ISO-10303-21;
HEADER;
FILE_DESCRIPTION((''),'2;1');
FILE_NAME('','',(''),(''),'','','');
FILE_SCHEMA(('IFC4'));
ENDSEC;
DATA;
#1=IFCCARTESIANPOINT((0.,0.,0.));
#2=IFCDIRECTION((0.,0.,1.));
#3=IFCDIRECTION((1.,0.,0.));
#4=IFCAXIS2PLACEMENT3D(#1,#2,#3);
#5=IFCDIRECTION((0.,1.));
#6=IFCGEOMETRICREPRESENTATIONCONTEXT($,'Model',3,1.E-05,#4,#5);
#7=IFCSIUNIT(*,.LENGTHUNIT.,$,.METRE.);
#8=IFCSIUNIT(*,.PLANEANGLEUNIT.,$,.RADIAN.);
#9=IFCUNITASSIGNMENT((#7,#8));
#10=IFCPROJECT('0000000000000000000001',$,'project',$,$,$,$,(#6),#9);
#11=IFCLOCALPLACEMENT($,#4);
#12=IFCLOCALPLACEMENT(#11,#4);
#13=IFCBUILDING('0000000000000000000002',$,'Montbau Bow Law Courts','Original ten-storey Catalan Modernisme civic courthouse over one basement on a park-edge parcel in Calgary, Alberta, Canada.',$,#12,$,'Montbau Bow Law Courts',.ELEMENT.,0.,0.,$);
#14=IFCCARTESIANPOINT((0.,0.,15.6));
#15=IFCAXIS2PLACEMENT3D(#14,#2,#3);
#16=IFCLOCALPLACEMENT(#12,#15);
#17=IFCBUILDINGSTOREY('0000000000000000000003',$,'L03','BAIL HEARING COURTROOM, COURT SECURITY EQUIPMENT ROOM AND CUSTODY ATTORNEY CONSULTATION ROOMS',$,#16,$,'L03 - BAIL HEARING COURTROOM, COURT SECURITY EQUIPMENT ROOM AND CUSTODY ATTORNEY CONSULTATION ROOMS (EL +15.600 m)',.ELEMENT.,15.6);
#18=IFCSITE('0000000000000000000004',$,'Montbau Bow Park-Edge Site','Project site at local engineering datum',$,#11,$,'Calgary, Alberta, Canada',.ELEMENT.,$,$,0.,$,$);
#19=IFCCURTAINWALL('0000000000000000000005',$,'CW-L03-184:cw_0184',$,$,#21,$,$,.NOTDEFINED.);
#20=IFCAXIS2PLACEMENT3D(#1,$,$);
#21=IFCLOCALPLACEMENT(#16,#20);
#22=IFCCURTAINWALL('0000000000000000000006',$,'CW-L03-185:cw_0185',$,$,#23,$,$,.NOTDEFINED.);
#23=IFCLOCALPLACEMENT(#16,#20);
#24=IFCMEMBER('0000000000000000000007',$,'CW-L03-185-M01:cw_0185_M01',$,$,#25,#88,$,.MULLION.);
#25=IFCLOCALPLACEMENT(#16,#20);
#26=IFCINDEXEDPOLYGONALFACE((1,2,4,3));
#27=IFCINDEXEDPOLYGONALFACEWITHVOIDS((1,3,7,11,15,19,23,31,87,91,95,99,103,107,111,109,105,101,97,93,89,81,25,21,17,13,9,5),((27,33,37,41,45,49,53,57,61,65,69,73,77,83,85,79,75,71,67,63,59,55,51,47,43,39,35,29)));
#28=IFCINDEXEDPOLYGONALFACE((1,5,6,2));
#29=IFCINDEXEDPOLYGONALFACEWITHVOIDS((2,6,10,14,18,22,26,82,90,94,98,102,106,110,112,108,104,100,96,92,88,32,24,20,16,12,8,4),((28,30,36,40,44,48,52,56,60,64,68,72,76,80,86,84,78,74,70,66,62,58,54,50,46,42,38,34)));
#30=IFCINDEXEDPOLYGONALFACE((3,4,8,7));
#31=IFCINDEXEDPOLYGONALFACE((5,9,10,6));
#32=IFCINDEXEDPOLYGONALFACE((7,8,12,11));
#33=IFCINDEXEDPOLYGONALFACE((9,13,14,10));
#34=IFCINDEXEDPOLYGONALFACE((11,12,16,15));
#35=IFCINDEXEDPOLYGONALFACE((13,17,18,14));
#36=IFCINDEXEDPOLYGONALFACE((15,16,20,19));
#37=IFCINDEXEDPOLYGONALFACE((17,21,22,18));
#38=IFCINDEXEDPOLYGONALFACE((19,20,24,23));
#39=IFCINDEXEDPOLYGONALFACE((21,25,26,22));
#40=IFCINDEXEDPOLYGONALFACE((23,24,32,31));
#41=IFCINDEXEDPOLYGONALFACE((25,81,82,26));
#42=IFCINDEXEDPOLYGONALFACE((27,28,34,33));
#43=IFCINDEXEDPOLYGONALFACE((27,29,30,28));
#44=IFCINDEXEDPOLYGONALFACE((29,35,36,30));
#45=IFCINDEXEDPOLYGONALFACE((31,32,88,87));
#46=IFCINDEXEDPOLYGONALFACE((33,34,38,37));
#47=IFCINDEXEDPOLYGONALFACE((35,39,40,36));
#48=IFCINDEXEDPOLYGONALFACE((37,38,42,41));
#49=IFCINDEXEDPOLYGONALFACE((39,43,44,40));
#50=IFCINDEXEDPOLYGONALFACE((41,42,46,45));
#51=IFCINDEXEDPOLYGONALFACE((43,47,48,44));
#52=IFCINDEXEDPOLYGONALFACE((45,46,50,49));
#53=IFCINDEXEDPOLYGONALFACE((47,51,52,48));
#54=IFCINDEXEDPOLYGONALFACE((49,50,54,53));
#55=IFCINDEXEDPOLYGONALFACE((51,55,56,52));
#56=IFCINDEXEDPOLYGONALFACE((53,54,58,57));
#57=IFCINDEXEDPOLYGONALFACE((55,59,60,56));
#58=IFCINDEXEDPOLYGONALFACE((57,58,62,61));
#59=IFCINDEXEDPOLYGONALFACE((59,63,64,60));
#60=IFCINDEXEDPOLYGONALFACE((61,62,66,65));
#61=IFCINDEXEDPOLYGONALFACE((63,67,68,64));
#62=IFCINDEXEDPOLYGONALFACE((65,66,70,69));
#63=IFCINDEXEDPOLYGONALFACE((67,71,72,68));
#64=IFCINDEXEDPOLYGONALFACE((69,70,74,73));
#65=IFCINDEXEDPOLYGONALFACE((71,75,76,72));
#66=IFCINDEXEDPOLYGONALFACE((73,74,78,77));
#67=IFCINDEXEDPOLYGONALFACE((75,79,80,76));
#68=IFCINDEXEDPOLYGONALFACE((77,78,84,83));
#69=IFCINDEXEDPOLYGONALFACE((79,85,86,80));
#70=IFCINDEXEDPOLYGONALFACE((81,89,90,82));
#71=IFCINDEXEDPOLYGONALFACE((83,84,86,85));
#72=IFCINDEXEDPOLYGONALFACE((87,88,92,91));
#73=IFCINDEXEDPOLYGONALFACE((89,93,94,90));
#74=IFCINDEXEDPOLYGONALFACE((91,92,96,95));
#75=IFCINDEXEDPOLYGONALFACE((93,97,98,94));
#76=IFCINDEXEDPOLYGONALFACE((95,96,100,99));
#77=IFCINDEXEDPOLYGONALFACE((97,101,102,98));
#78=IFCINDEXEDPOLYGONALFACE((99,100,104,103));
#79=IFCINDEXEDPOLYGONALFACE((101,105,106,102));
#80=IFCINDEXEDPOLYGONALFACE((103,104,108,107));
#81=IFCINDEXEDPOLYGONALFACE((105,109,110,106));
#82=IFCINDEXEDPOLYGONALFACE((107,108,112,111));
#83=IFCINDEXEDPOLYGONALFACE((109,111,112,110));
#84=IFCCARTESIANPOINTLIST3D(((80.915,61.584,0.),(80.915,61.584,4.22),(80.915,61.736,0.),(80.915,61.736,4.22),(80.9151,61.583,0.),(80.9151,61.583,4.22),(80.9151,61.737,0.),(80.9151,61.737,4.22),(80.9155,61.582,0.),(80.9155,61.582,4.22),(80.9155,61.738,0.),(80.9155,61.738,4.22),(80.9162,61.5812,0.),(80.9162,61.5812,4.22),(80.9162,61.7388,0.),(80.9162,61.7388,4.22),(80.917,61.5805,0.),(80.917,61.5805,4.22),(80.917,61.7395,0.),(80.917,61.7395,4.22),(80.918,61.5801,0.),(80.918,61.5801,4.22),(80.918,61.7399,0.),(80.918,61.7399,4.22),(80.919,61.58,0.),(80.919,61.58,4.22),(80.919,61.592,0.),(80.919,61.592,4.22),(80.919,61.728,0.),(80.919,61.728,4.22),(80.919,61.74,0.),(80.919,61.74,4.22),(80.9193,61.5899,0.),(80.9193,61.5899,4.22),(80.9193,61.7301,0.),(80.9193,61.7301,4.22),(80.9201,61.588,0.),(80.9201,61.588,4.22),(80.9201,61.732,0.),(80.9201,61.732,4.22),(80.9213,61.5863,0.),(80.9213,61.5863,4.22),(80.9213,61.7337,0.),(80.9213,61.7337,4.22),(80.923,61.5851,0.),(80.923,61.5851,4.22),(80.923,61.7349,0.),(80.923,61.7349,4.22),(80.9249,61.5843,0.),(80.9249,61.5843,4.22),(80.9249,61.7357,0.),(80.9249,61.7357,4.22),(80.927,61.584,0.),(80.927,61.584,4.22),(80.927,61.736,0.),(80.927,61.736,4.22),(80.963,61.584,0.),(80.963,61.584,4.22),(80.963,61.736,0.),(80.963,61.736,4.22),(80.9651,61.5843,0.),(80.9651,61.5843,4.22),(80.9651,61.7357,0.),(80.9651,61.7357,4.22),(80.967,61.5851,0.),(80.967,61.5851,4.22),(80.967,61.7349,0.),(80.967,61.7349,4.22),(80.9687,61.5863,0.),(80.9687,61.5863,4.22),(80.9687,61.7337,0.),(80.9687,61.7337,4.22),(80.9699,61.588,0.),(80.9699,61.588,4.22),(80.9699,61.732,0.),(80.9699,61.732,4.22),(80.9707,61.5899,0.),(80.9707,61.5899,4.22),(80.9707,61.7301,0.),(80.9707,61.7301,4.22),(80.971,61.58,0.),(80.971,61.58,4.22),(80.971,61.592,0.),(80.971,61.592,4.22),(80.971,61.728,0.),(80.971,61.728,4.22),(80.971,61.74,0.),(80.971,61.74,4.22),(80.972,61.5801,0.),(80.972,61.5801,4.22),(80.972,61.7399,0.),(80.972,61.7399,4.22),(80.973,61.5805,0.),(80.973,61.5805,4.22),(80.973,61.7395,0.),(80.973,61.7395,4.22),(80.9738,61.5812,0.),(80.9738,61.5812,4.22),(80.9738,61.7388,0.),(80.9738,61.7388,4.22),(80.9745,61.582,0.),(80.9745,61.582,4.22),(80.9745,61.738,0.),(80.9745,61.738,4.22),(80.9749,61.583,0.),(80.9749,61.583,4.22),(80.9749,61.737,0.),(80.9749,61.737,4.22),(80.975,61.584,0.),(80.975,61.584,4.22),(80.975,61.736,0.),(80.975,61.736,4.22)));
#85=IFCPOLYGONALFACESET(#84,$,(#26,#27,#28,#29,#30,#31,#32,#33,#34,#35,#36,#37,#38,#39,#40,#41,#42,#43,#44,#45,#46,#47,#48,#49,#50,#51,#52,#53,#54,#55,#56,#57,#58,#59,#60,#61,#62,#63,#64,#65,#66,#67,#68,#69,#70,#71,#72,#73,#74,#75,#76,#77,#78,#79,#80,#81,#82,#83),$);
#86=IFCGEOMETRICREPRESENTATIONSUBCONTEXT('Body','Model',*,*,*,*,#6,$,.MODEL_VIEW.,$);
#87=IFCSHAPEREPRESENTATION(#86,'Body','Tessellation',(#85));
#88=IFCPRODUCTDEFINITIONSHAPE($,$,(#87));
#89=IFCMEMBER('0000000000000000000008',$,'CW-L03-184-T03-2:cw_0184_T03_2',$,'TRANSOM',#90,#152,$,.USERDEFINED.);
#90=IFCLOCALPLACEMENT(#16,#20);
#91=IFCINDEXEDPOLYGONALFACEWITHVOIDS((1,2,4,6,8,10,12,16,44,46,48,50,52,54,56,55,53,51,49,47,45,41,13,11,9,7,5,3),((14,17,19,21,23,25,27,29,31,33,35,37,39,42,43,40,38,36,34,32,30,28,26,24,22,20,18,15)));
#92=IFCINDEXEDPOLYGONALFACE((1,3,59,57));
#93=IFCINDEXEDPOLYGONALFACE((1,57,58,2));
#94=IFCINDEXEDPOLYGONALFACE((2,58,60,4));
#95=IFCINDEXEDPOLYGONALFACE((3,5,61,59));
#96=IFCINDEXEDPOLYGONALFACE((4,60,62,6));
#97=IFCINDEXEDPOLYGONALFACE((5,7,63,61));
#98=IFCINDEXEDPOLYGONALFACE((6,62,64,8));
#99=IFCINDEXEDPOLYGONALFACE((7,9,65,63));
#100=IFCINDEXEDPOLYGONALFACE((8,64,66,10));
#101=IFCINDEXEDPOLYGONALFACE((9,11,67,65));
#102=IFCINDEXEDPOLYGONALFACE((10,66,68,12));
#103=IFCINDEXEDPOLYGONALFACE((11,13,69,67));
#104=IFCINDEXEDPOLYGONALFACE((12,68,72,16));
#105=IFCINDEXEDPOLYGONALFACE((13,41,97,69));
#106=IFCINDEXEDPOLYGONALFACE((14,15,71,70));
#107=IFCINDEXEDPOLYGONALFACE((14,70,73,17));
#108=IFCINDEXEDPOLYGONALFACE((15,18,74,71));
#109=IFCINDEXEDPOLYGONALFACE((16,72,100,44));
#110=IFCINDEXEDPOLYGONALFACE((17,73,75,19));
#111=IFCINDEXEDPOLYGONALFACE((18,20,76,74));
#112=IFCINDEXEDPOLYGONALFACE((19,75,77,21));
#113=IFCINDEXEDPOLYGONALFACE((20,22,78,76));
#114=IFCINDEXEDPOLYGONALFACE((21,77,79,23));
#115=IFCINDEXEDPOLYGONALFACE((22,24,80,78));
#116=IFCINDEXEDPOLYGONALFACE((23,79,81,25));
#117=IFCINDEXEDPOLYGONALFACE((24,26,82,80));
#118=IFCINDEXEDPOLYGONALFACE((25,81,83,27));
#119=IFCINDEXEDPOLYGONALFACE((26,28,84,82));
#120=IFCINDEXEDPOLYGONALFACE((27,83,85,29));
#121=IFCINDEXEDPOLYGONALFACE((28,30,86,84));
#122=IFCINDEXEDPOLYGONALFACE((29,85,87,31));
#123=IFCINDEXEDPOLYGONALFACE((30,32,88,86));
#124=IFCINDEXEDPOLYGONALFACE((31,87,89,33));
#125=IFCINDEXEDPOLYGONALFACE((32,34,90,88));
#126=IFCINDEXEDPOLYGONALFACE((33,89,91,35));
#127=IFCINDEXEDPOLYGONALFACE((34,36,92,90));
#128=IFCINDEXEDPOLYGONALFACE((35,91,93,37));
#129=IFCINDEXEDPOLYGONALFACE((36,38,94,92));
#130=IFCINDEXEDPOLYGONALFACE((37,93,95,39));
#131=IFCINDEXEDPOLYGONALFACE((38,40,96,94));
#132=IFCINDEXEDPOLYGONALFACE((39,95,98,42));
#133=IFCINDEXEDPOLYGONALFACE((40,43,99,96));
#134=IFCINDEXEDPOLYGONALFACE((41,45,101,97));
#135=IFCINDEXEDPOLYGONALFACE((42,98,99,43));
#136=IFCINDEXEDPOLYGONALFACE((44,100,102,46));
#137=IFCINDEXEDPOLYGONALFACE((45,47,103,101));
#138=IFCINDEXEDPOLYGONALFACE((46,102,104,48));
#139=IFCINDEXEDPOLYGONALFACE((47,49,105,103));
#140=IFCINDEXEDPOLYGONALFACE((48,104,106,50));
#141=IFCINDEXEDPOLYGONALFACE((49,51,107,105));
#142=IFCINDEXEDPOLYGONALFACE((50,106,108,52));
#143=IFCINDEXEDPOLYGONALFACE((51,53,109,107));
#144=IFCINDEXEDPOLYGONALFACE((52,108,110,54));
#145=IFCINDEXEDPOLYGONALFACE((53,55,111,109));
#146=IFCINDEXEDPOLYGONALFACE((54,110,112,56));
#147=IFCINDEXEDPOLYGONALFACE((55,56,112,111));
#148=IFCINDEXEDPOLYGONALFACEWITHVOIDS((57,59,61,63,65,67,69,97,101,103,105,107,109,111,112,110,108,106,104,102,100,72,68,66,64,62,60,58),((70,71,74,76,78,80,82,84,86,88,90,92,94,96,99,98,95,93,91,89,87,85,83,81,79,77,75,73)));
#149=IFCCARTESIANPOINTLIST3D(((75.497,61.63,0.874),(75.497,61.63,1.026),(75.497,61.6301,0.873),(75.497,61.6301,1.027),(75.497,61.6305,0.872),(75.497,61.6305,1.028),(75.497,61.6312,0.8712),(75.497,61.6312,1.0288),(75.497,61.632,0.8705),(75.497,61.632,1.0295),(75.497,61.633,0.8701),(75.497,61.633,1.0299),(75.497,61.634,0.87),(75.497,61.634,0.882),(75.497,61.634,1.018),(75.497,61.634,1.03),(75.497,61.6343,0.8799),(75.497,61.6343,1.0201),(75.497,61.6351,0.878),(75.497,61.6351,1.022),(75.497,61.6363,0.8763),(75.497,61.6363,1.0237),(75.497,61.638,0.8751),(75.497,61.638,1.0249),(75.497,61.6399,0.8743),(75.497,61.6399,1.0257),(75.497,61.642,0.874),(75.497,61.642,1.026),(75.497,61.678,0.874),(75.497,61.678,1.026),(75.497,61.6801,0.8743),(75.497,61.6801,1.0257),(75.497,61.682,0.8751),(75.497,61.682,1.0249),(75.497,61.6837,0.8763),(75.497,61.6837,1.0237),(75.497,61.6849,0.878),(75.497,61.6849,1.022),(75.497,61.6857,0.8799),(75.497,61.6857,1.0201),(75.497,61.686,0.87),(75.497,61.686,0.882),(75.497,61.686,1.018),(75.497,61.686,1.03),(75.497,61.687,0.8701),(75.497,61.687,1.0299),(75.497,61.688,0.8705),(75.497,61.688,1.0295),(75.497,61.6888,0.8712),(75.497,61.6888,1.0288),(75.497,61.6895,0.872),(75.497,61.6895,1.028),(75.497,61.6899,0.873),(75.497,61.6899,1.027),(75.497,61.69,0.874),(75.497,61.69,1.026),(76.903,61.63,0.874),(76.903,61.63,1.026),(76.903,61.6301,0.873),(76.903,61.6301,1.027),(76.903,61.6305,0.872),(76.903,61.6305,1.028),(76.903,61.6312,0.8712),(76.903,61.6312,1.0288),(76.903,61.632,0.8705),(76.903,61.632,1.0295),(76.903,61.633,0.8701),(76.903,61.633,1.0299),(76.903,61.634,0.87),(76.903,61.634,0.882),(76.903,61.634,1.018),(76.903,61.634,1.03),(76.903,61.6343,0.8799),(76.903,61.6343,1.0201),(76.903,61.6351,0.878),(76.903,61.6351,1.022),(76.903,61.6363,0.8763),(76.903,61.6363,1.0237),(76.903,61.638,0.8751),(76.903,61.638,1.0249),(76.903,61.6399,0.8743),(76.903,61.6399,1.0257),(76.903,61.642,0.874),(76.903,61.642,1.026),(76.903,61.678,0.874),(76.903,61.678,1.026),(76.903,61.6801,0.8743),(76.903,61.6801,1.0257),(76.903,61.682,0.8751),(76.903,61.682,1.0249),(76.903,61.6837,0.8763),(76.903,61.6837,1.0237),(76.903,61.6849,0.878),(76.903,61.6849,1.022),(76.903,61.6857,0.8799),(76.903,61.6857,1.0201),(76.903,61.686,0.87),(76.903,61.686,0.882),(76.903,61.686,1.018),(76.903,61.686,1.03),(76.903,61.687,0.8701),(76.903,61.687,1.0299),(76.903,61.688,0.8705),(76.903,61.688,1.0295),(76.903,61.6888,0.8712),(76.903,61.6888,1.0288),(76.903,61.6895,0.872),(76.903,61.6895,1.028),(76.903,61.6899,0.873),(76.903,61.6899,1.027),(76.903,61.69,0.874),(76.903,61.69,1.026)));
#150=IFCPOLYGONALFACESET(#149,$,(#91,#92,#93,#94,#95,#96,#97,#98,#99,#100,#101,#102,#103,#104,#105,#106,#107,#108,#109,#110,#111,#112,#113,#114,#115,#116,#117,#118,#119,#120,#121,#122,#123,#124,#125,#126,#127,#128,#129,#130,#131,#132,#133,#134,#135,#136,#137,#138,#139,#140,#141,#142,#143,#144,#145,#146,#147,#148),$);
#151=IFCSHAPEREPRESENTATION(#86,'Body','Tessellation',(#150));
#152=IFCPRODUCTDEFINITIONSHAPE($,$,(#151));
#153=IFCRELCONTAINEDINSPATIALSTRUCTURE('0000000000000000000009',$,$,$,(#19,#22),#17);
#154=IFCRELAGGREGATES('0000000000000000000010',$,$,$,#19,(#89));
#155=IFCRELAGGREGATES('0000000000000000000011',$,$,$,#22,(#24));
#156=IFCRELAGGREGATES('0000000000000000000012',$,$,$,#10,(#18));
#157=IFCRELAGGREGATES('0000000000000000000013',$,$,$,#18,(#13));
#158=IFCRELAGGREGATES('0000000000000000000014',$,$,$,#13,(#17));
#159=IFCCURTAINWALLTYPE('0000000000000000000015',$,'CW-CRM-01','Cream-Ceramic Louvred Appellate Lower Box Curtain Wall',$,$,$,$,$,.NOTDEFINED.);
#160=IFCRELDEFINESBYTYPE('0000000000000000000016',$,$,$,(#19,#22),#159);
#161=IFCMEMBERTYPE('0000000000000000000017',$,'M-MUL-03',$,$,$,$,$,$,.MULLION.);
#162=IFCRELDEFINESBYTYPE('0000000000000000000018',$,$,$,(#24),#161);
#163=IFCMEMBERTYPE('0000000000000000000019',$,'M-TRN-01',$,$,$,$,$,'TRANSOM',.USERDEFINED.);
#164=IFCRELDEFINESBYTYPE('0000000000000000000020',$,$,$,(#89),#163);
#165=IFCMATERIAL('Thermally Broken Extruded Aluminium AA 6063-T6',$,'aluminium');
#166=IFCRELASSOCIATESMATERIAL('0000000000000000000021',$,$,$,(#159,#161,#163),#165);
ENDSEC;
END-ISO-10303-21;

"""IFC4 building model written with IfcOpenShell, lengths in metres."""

from ifc_helpers import new_model, si_unit, direction, frame, origin_with_axes, origin_2d_with_axis, place, context, subcontext, project, spatial, hollow_rectangle, extrude, material, material_profile, profile_set, type_object, element, aggregate, save


model = new_model("IFC4")

# Units and contexts
model_context = context("Model", 3, precision=1e-05, world=origin_with_axes(), true_north=direction((0.0, 1.0)))
body_context = subcontext(model_context, "Body", "Model", "MODEL_VIEW")
ifc_project = project(units=[si_unit("LENGTHUNIT", "METRE"), si_unit("PLANEANGLEUNIT", "RADIAN")], contexts=[model_context])

# Site, building, storey
site_placement = place(None, origin_with_axes())
site = spatial("IfcSite", under=ifc_project, at=site_placement, Name="Montbau Bow Park-Edge Site", Description="Project site at local engineering datum", LongName="Calgary, Alberta, Canada", CompositionType="ELEMENT", RefElevation=0.0)
building_placement = place(site_placement, origin_with_axes())
building = spatial("IfcBuilding", under=site, at=building_placement, Name="Montbau Bow Law Courts", Description="Original ten-storey Catalan Modernisme civic courthouse over one basement on a park-edge parcel in Calgary, Alberta, Canada.", LongName="Montbau Bow Law Courts", CompositionType="ELEMENT", ElevationOfRefHeight=0.0, ElevationOfTerrain=0.0)
storey_placement = place(building_placement, frame((0.0, 0.0, 15.6), z_axis=(0.0, 0.0, 1.0), x_axis=(1.0, 0.0, 0.0)))
storey = spatial("IfcBuildingStorey", under=building, at=storey_placement, Name="L03", Description="BAIL HEARING COURTROOM, COURT SECURITY EQUIPMENT ROOM AND CUSTODY ATTORNEY CONSULTATION ROOMS", LongName="L03 - BAIL HEARING COURTROOM, COURT SECURITY EQUIPMENT ROOM AND CUSTODY ATTORNEY CONSULTATION ROOMS (EL +15.600 m)", CompositionType="ELEMENT", Elevation=15.6)

# Curtain wall
ifc_material_1 = material(Name="Thermally Broken Extruded Aluminium AA 6063-T6", Category="aluminium")
curtain_wall_type = type_object("IfcCurtainWallType", Name="CW-CRM-01", Description="Cream-Ceramic Louvred Appellate Lower Box Curtain Wall", PredefinedType="NOTDEFINED", material=ifc_material_1)
curtain_wall_1_placement = place(None, frame((72.515, 61.66, 15.6), z_axis=(0.0, 0.0, 1.0), x_axis=(1.0, 0.0, 0.0)))
curtain_wall_1 = element("IfcCurtainWall", 1, at=curtain_wall_1_placement, inside=storey, type_object=curtain_wall_type, Name="CW-L03-184:cw_0184", PredefinedType="NOTDEFINED")

# Curtain wall, member
curtain_wall_2_placement = place(None, frame((80.915, 61.66, 15.6), z_axis=(0.0, 0.0, 1.0), x_axis=(1.0, 0.0, 0.0)))
curtain_wall_2 = element("IfcCurtainWall", 2, at=curtain_wall_2_placement, inside=storey, type_object=curtain_wall_type, Name="CW-L03-185:cw_0185", PredefinedType="NOTDEFINED")
ifc_material_profile_1 = material_profile(ifc_material_1, hollow_rectangle(XDim=0.06, YDim=0.16, WallThickness=0.004, InnerFilletRadius=0.008, OuterFilletRadius=0.004, at=origin_2d_with_axis()), Name="CWM-160X60", Category="Main", Priority=0)
ifc_profile_set_1 = profile_set([ifc_material_profile_1], Name="Thermally Broken Extruded Aluminium AA 6063-T6")
member_type_1 = type_object("IfcMemberType", Name="M-MUL-03", PredefinedType="MULLION", material=ifc_profile_set_1)
member_1_placement = place(None, frame((80.945, 61.66, 15.6), z_axis=(0.0, 0.0, 1.0), x_axis=(1.0, 0.0, 0.0)))
member_1 = element("IfcMember", 3, at=member_1_placement, type_object=member_type_1, Name="CW-L03-185-M01:cw_0185_M01", PredefinedType="MULLION", context=body_context, shape_type="SweptSolid", body=[
    extrude(hollow_rectangle(XDim=0.06, YDim=0.16, WallThickness=0.004, InnerFilletRadius=0.008, OuterFilletRadius=0.004, at=origin_2d_with_axis()), origin_with_axes(), (0.0, 0.0, 1.0), 4.22),
])

# Member
ifc_material_profile_2 = material_profile(ifc_material_1, hollow_rectangle(XDim=0.06, YDim=0.16, WallThickness=0.004, InnerFilletRadius=0.008, OuterFilletRadius=0.004, at=origin_2d_with_axis()), Name="CWT-160X60", Category="Main", Priority=0)
ifc_profile_set_2 = profile_set([ifc_material_profile_2], Name="Thermally Broken Extruded Aluminium AA 6063-T6")
member_type_2 = type_object("IfcMemberType", Name="M-TRN-01", ElementType="TRANSOM", PredefinedType="USERDEFINED", material=ifc_profile_set_2)
member_2_placement = place(None, frame((75.497, 61.66, 16.55), z_axis=(1.0, 0.0, 0.0), x_axis=(0.0, 1.0, 0.0)))
member_2 = element("IfcMember", 4, at=member_2_placement, type_object=member_type_2, Name="CW-L03-184-T03-2:cw_0184_T03_2", ObjectType="TRANSOM", PredefinedType="USERDEFINED", context=body_context, shape_type="SweptSolid", body=[
    extrude(hollow_rectangle(XDim=0.06, YDim=0.16, WallThickness=0.004, InnerFilletRadius=0.008, OuterFilletRadius=0.004, at=origin_2d_with_axis()), origin_with_axes(), (0.0, 0.0, 1.0), 1.406),
])

aggregate(curtain_wall_1, [member_2])
aggregate(curtain_wall_2, [member_1])

save(model, "model.ifc")
